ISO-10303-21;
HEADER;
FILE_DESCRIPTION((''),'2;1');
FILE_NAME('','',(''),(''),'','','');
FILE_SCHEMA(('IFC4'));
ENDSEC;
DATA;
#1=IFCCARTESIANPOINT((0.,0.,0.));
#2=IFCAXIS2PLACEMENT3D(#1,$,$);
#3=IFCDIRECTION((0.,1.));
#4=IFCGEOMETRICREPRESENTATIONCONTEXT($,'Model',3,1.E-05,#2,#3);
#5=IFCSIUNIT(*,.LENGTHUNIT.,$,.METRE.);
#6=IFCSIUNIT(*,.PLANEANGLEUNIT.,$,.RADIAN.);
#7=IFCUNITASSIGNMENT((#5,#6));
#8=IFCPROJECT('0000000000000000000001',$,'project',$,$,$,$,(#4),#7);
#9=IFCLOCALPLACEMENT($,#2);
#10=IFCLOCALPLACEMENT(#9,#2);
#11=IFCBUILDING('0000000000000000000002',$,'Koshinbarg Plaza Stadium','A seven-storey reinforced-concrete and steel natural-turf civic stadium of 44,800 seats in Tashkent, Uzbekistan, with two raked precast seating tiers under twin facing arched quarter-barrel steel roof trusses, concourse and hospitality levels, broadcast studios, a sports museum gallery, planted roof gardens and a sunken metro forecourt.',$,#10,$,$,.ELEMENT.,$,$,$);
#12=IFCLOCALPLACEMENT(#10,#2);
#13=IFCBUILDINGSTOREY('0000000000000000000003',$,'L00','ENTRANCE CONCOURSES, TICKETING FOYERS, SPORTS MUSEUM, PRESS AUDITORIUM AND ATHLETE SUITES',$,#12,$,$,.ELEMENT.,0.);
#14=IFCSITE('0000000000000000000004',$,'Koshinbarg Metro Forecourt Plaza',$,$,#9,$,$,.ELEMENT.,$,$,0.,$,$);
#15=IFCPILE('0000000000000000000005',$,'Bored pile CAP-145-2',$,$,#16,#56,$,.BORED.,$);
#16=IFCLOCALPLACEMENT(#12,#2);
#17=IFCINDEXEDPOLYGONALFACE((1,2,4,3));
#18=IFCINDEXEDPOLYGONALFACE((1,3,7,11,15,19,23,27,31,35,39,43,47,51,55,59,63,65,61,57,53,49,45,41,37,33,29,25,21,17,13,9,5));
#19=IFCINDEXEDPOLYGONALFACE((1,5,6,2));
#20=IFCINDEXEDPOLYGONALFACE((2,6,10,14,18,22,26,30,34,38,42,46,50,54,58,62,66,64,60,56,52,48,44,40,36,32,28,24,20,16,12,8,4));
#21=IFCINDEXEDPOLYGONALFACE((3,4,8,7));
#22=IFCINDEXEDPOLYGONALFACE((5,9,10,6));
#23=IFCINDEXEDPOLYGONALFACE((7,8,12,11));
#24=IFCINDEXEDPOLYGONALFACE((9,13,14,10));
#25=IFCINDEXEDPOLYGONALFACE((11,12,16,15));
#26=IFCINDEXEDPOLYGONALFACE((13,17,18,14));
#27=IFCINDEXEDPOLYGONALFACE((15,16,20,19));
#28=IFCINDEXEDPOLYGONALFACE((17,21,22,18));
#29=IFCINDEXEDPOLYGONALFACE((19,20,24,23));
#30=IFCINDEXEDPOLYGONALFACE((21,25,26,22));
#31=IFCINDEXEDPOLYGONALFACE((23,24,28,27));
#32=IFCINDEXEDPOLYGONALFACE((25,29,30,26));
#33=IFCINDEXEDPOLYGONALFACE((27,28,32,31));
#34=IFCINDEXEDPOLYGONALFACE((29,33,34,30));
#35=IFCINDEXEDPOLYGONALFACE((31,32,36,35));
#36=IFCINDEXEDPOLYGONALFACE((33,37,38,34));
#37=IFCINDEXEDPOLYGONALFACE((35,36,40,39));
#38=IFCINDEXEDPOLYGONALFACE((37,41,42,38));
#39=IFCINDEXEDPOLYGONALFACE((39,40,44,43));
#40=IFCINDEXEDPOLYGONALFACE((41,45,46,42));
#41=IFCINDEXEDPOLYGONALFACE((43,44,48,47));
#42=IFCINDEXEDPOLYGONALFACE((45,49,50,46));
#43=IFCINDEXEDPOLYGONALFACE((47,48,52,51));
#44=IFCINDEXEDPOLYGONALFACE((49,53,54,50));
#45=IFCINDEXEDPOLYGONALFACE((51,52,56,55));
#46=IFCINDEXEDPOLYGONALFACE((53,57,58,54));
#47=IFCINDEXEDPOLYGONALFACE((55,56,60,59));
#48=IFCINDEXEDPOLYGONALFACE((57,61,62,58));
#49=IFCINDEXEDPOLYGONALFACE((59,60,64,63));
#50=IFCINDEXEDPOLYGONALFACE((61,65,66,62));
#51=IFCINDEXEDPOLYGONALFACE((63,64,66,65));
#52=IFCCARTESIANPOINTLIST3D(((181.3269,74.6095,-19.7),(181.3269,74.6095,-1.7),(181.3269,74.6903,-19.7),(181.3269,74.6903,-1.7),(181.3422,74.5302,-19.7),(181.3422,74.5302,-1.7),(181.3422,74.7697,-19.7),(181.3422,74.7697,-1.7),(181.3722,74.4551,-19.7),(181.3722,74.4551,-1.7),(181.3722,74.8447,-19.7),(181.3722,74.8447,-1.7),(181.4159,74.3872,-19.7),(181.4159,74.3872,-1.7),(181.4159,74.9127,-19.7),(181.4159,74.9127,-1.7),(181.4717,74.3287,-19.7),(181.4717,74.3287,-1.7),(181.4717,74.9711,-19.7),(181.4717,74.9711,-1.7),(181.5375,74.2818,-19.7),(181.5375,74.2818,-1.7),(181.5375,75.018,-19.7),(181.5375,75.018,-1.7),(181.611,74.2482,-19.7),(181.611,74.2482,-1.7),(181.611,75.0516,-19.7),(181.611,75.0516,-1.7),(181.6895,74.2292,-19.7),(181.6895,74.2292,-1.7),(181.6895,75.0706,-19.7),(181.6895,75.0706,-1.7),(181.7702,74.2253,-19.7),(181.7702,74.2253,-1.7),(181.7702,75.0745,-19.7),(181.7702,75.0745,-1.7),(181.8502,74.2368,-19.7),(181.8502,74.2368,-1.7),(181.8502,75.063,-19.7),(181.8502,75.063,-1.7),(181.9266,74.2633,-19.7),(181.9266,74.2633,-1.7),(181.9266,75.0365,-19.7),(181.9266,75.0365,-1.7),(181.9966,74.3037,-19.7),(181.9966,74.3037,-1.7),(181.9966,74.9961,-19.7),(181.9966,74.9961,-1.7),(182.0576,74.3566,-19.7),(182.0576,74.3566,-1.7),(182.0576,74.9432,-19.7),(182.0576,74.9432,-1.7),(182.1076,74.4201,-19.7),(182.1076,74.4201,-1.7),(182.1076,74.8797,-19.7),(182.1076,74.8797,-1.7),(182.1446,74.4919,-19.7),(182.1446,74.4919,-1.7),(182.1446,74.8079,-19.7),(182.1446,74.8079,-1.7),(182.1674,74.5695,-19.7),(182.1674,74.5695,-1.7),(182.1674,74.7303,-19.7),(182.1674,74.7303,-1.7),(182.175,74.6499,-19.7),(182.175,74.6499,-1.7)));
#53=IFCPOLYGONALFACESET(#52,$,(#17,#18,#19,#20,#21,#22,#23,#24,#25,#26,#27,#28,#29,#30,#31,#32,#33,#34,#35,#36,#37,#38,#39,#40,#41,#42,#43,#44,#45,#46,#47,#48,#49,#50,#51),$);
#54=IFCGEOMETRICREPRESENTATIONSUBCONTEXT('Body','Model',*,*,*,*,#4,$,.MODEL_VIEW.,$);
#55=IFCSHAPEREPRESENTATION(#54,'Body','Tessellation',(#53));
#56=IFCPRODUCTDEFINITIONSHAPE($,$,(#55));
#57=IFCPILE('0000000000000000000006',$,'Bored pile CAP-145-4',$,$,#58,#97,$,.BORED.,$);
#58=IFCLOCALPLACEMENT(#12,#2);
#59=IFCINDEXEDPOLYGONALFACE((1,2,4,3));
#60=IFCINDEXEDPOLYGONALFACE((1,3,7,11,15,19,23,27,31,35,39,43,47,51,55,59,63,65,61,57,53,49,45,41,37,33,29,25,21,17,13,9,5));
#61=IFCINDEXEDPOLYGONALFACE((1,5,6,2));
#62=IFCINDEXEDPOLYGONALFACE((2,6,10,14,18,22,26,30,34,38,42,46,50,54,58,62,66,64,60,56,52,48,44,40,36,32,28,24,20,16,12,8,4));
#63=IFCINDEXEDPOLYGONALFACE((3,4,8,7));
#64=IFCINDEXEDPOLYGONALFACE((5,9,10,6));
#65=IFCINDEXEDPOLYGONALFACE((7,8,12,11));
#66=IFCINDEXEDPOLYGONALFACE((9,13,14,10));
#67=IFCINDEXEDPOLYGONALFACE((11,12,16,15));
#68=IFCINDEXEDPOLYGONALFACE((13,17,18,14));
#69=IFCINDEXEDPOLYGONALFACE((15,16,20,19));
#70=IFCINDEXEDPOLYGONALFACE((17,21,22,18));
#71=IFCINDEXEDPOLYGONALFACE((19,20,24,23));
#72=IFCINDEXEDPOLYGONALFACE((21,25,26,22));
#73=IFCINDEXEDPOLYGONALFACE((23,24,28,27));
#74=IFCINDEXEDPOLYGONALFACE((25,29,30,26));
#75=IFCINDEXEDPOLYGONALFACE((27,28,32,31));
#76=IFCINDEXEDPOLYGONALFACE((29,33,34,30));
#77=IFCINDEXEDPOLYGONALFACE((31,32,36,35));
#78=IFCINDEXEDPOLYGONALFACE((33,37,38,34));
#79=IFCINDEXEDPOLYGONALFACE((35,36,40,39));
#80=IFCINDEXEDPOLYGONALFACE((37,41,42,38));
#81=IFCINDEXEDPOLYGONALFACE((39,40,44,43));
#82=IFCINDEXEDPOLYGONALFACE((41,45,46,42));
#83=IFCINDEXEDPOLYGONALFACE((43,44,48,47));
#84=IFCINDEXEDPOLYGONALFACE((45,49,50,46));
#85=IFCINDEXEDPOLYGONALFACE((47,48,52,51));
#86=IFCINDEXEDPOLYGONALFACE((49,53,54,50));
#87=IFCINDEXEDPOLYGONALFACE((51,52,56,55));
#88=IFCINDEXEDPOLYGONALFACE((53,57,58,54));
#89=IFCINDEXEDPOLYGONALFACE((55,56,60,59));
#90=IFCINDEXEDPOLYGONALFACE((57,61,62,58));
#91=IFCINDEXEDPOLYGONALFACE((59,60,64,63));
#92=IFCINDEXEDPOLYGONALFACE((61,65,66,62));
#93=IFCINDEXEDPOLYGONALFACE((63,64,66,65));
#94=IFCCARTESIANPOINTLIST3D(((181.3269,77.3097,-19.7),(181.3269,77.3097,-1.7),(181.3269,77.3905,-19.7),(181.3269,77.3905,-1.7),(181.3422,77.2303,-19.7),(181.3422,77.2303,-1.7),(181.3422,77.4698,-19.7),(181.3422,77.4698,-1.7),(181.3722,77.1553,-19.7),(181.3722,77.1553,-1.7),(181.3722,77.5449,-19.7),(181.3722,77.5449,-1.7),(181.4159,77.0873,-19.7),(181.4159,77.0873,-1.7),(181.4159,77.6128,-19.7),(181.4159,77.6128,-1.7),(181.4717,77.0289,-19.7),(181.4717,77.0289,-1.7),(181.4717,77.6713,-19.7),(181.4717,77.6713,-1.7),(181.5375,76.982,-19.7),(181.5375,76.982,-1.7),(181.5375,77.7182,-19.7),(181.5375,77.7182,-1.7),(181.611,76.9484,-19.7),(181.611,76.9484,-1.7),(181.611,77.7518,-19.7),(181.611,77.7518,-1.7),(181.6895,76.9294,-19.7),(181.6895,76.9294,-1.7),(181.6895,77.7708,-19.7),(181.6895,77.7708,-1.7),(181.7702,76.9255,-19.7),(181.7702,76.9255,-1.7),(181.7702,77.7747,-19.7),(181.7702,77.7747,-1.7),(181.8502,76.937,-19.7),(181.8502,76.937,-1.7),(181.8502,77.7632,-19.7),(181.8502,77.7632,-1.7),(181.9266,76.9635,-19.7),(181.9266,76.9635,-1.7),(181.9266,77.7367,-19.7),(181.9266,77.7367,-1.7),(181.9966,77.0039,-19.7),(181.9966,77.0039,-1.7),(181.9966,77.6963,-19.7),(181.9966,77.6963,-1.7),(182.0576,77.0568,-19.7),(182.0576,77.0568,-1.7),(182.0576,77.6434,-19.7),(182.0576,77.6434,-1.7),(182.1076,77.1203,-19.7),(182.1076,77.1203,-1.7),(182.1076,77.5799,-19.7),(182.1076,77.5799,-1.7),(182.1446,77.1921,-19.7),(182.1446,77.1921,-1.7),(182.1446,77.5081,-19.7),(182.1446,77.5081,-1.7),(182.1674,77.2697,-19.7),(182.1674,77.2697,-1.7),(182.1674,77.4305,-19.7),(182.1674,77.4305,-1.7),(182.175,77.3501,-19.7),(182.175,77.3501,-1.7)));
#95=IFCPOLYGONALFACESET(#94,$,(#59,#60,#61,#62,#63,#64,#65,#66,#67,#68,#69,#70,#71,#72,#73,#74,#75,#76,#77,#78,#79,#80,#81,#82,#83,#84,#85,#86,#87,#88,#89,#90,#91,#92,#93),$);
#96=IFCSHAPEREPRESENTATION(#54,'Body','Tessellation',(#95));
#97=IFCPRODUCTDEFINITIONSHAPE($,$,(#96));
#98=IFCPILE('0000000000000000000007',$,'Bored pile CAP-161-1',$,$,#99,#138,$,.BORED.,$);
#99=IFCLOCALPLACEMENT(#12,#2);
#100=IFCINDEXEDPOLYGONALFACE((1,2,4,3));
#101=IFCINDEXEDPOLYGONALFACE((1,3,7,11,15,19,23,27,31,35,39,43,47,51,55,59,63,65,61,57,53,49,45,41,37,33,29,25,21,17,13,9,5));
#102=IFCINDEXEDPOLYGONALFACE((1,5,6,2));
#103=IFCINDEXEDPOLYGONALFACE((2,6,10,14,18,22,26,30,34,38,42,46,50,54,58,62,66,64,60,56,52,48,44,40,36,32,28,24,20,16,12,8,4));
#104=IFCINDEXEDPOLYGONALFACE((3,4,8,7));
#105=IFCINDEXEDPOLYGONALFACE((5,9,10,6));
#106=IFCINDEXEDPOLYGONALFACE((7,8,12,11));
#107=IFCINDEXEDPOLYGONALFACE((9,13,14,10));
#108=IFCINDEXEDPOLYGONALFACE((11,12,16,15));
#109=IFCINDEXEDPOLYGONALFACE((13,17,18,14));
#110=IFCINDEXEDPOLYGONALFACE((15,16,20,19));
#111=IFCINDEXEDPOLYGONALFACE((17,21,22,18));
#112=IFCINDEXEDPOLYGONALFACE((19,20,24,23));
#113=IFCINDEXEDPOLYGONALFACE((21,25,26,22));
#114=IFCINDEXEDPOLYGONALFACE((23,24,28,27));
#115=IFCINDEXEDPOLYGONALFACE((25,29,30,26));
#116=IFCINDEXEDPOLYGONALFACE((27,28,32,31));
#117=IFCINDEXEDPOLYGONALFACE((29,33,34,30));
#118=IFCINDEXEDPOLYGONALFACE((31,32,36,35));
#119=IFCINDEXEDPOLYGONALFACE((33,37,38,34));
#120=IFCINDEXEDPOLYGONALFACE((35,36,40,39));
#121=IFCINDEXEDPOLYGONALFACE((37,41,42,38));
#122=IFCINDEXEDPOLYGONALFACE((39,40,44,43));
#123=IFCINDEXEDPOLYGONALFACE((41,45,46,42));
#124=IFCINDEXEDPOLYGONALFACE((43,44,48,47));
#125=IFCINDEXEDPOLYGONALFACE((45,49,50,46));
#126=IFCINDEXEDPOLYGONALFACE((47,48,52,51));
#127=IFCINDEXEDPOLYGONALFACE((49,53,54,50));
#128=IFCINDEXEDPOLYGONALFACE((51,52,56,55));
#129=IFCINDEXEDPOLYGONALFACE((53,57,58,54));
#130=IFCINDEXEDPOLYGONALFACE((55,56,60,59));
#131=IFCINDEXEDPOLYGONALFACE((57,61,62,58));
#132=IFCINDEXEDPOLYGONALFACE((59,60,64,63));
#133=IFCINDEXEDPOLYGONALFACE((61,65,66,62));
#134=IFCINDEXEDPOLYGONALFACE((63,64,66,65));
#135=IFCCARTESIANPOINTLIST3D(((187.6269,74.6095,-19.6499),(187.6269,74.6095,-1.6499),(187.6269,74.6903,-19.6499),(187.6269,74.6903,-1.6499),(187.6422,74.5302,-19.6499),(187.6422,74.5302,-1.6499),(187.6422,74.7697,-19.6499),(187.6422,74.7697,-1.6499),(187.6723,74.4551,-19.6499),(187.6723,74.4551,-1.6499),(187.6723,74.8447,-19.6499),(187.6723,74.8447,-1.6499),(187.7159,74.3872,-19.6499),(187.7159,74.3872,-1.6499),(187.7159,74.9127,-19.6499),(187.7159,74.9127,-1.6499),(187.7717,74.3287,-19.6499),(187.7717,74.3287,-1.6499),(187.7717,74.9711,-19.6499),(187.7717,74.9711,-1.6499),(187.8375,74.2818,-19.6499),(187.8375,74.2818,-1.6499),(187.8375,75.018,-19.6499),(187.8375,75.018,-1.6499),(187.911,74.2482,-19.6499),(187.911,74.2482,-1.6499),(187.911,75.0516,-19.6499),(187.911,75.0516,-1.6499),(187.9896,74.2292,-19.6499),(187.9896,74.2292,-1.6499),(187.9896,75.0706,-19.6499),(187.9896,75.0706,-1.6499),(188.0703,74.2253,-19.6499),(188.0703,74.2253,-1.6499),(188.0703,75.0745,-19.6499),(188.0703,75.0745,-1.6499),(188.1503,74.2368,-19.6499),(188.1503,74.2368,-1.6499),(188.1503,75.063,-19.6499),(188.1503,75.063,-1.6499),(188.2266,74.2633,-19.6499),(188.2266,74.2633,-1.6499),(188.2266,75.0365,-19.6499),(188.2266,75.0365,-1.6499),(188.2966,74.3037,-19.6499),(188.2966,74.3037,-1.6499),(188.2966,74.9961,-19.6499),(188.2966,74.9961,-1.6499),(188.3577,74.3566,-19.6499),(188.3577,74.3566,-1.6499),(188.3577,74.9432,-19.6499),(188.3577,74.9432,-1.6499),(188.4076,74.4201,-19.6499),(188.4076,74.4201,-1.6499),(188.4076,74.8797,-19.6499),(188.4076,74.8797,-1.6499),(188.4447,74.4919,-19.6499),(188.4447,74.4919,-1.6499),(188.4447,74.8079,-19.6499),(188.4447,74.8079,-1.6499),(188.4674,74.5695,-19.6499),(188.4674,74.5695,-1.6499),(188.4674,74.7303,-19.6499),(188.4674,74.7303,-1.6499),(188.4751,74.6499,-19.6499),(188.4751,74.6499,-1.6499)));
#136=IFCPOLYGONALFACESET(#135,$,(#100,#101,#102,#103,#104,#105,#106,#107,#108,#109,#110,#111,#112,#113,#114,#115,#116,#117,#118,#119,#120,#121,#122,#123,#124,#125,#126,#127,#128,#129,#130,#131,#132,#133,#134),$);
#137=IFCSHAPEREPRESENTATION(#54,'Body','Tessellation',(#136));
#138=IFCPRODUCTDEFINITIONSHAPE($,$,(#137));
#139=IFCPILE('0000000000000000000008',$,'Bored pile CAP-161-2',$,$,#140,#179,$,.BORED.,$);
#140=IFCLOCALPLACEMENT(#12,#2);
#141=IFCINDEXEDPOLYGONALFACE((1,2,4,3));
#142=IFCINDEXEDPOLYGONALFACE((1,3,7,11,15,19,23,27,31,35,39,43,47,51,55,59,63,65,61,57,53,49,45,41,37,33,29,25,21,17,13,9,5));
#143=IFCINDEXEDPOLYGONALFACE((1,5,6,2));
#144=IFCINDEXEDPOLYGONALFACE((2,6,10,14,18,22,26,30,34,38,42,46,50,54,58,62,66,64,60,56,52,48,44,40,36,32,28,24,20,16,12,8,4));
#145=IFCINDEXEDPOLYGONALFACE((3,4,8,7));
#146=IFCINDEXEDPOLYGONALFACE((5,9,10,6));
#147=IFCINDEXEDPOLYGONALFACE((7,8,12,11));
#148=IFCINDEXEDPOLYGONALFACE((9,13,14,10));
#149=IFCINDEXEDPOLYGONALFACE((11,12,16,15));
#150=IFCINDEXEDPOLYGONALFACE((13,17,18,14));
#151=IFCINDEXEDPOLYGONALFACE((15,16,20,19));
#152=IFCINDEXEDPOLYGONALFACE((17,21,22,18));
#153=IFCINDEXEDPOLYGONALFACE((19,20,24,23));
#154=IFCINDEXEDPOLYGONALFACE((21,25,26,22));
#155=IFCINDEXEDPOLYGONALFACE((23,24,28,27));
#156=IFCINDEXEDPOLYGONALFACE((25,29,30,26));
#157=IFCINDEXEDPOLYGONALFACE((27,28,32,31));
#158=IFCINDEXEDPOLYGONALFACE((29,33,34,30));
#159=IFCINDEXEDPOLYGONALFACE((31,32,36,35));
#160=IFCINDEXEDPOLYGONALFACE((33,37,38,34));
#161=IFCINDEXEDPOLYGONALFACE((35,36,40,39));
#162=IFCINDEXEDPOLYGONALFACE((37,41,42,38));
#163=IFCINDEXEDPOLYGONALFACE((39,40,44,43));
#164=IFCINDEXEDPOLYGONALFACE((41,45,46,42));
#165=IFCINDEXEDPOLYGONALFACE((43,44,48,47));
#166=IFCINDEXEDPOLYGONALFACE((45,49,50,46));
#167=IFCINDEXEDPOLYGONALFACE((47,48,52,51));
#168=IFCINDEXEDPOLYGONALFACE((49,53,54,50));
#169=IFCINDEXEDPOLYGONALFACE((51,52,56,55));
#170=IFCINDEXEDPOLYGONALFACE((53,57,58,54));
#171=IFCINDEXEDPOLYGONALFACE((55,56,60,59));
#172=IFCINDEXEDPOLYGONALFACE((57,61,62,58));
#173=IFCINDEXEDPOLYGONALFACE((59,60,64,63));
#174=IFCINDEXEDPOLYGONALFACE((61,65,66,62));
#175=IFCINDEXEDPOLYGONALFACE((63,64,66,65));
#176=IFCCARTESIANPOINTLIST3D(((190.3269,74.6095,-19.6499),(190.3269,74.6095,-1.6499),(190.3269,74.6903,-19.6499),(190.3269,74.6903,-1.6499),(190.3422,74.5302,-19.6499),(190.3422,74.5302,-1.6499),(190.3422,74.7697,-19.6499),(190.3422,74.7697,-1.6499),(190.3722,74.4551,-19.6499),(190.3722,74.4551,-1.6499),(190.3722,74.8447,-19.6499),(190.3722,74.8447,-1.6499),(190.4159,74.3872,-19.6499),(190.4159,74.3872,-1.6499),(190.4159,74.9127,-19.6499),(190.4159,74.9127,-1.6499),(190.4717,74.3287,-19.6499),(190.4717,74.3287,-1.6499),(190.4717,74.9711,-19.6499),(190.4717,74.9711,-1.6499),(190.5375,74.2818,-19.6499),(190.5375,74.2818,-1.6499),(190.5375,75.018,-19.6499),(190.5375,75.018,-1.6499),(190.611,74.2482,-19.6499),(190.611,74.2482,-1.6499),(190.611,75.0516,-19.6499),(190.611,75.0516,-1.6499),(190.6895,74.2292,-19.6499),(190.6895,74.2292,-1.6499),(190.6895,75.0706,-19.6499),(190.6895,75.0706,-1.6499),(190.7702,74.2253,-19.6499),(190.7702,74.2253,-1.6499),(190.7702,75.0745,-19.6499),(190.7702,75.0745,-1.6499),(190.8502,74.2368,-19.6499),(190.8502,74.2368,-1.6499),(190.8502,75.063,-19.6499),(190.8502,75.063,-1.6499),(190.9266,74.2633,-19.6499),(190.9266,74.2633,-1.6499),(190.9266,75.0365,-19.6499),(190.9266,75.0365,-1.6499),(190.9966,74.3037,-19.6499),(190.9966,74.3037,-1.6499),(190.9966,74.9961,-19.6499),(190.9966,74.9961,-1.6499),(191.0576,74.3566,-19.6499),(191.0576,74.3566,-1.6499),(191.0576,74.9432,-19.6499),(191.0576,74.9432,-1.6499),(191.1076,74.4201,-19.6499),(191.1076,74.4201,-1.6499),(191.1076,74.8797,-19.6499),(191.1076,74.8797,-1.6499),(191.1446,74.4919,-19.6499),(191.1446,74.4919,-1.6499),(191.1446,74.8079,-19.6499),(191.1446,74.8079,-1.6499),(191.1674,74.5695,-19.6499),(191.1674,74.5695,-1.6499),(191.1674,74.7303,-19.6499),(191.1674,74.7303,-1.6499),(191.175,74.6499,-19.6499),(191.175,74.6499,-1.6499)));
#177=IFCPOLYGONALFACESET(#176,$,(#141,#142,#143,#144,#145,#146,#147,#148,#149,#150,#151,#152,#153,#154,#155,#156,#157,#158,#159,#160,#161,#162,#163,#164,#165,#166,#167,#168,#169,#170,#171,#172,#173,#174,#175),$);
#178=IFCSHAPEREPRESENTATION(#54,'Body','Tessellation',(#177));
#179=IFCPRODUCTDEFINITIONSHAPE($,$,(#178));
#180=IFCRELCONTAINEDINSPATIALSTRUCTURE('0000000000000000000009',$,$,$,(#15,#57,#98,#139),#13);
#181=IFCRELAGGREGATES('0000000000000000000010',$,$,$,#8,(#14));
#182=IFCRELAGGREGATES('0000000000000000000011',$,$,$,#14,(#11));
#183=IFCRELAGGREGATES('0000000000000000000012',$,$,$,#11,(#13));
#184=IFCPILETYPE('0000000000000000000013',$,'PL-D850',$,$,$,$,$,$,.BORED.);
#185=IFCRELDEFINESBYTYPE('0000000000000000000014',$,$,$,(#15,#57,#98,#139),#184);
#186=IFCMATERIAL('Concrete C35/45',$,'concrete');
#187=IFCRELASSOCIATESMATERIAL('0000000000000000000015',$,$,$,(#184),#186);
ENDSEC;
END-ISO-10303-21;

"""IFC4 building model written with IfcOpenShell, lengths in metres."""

from ifc_helpers import new_model, si_unit, direction, frame, origin, origin_2d, place, context, subcontext, project, spatial, circle, extrude, material, material_profile, profile_set, type_object, element, save


model = new_model("IFC4")

# Units and contexts
model_context = context("Model", 3, precision=1e-05, world=origin(), true_north=direction((0.0, 1.0)))
body_context = subcontext(model_context, "Body", "Model", "MODEL_VIEW")
ifc_project = project(units=[si_unit("LENGTHUNIT", "METRE"), si_unit("PLANEANGLEUNIT", "RADIAN")], contexts=[model_context])

# Site, building, storey
site_placement = place(None, origin())
site = spatial("IfcSite", under=ifc_project, at=site_placement, Name="Koshinbarg Metro Forecourt Plaza", CompositionType="ELEMENT", RefElevation=0.0)
building_placement = place(site_placement, origin())
building = spatial("IfcBuilding", under=site, at=building_placement, Name="Koshinbarg Plaza Stadium", Description="A seven-storey reinforced-concrete and steel natural-turf civic stadium of 44,800 seats in Tashkent, Uzbekistan, with two raked precast seating tiers under twin facing arched quarter-barrel steel roof trusses, concourse and hospitality levels, broadcast studios, a sports museum gallery, planted roof gardens and a sunken metro forecourt.", CompositionType="ELEMENT")
storey_placement = place(building_placement, origin())
storey = spatial("IfcBuildingStorey", under=building, at=storey_placement, Name="L00", Description="ENTRANCE CONCOURSES, TICKETING FOYERS, SPORTS MUSEUM, PRESS AUDITORIUM AND ATHLETE SUITES", CompositionType="ELEMENT", Elevation=0.0)

# Shared definitions
ifc_material_1 = material(Name="Concrete C35/45", Category="concrete")

# Piles
ifc_material_profile_1 = material_profile(ifc_material_1, circle(Radius=0.425, at=origin_2d()), Name="PILE D850")
ifc_profile_set_1 = profile_set([ifc_material_profile_1], Name="Concrete C35/45")
pile_type_1 = type_object("IfcPileType", Name="PL-D850", PredefinedType="BORED", material=ifc_profile_set_1)
for number, where, z_axis, x_axis, name in (
    (1, (181.75, 74.6499, -1.7), (0.0, 0.0, -1.0), (1.0, 0.0, 0.0), "Bored pile CAP-145-2"),
    (2, (181.75, 77.3501, -1.7), (0.0, 0.0, -1.0), (1.0, 0.0, 0.0), "Bored pile CAP-145-4"),
    (3, (188.05, 74.6499, -1.6499), (0.0, 0.0, -1.0), (1.0, 0.0, 0.0), "Bored pile CAP-161-1"),
    (4, (190.75, 74.6499, -1.6499), (0.0, 0.0, -1.0), (1.0, 0.0, 0.0), "Bored pile CAP-161-2"),
):
    element("IfcPile", number, at=place(storey_placement, frame(where, z_axis=z_axis, x_axis=x_axis)), inside=storey, type_object=pile_type_1, Name=name, PredefinedType="BORED", context=body_context, shape_type="SweptSolid", body=[
        extrude(circle(Radius=0.425, at=origin_2d()), origin(), (0.0, 0.0, 1.0), 18.0),
    ])

save(model, "model.ifc")
